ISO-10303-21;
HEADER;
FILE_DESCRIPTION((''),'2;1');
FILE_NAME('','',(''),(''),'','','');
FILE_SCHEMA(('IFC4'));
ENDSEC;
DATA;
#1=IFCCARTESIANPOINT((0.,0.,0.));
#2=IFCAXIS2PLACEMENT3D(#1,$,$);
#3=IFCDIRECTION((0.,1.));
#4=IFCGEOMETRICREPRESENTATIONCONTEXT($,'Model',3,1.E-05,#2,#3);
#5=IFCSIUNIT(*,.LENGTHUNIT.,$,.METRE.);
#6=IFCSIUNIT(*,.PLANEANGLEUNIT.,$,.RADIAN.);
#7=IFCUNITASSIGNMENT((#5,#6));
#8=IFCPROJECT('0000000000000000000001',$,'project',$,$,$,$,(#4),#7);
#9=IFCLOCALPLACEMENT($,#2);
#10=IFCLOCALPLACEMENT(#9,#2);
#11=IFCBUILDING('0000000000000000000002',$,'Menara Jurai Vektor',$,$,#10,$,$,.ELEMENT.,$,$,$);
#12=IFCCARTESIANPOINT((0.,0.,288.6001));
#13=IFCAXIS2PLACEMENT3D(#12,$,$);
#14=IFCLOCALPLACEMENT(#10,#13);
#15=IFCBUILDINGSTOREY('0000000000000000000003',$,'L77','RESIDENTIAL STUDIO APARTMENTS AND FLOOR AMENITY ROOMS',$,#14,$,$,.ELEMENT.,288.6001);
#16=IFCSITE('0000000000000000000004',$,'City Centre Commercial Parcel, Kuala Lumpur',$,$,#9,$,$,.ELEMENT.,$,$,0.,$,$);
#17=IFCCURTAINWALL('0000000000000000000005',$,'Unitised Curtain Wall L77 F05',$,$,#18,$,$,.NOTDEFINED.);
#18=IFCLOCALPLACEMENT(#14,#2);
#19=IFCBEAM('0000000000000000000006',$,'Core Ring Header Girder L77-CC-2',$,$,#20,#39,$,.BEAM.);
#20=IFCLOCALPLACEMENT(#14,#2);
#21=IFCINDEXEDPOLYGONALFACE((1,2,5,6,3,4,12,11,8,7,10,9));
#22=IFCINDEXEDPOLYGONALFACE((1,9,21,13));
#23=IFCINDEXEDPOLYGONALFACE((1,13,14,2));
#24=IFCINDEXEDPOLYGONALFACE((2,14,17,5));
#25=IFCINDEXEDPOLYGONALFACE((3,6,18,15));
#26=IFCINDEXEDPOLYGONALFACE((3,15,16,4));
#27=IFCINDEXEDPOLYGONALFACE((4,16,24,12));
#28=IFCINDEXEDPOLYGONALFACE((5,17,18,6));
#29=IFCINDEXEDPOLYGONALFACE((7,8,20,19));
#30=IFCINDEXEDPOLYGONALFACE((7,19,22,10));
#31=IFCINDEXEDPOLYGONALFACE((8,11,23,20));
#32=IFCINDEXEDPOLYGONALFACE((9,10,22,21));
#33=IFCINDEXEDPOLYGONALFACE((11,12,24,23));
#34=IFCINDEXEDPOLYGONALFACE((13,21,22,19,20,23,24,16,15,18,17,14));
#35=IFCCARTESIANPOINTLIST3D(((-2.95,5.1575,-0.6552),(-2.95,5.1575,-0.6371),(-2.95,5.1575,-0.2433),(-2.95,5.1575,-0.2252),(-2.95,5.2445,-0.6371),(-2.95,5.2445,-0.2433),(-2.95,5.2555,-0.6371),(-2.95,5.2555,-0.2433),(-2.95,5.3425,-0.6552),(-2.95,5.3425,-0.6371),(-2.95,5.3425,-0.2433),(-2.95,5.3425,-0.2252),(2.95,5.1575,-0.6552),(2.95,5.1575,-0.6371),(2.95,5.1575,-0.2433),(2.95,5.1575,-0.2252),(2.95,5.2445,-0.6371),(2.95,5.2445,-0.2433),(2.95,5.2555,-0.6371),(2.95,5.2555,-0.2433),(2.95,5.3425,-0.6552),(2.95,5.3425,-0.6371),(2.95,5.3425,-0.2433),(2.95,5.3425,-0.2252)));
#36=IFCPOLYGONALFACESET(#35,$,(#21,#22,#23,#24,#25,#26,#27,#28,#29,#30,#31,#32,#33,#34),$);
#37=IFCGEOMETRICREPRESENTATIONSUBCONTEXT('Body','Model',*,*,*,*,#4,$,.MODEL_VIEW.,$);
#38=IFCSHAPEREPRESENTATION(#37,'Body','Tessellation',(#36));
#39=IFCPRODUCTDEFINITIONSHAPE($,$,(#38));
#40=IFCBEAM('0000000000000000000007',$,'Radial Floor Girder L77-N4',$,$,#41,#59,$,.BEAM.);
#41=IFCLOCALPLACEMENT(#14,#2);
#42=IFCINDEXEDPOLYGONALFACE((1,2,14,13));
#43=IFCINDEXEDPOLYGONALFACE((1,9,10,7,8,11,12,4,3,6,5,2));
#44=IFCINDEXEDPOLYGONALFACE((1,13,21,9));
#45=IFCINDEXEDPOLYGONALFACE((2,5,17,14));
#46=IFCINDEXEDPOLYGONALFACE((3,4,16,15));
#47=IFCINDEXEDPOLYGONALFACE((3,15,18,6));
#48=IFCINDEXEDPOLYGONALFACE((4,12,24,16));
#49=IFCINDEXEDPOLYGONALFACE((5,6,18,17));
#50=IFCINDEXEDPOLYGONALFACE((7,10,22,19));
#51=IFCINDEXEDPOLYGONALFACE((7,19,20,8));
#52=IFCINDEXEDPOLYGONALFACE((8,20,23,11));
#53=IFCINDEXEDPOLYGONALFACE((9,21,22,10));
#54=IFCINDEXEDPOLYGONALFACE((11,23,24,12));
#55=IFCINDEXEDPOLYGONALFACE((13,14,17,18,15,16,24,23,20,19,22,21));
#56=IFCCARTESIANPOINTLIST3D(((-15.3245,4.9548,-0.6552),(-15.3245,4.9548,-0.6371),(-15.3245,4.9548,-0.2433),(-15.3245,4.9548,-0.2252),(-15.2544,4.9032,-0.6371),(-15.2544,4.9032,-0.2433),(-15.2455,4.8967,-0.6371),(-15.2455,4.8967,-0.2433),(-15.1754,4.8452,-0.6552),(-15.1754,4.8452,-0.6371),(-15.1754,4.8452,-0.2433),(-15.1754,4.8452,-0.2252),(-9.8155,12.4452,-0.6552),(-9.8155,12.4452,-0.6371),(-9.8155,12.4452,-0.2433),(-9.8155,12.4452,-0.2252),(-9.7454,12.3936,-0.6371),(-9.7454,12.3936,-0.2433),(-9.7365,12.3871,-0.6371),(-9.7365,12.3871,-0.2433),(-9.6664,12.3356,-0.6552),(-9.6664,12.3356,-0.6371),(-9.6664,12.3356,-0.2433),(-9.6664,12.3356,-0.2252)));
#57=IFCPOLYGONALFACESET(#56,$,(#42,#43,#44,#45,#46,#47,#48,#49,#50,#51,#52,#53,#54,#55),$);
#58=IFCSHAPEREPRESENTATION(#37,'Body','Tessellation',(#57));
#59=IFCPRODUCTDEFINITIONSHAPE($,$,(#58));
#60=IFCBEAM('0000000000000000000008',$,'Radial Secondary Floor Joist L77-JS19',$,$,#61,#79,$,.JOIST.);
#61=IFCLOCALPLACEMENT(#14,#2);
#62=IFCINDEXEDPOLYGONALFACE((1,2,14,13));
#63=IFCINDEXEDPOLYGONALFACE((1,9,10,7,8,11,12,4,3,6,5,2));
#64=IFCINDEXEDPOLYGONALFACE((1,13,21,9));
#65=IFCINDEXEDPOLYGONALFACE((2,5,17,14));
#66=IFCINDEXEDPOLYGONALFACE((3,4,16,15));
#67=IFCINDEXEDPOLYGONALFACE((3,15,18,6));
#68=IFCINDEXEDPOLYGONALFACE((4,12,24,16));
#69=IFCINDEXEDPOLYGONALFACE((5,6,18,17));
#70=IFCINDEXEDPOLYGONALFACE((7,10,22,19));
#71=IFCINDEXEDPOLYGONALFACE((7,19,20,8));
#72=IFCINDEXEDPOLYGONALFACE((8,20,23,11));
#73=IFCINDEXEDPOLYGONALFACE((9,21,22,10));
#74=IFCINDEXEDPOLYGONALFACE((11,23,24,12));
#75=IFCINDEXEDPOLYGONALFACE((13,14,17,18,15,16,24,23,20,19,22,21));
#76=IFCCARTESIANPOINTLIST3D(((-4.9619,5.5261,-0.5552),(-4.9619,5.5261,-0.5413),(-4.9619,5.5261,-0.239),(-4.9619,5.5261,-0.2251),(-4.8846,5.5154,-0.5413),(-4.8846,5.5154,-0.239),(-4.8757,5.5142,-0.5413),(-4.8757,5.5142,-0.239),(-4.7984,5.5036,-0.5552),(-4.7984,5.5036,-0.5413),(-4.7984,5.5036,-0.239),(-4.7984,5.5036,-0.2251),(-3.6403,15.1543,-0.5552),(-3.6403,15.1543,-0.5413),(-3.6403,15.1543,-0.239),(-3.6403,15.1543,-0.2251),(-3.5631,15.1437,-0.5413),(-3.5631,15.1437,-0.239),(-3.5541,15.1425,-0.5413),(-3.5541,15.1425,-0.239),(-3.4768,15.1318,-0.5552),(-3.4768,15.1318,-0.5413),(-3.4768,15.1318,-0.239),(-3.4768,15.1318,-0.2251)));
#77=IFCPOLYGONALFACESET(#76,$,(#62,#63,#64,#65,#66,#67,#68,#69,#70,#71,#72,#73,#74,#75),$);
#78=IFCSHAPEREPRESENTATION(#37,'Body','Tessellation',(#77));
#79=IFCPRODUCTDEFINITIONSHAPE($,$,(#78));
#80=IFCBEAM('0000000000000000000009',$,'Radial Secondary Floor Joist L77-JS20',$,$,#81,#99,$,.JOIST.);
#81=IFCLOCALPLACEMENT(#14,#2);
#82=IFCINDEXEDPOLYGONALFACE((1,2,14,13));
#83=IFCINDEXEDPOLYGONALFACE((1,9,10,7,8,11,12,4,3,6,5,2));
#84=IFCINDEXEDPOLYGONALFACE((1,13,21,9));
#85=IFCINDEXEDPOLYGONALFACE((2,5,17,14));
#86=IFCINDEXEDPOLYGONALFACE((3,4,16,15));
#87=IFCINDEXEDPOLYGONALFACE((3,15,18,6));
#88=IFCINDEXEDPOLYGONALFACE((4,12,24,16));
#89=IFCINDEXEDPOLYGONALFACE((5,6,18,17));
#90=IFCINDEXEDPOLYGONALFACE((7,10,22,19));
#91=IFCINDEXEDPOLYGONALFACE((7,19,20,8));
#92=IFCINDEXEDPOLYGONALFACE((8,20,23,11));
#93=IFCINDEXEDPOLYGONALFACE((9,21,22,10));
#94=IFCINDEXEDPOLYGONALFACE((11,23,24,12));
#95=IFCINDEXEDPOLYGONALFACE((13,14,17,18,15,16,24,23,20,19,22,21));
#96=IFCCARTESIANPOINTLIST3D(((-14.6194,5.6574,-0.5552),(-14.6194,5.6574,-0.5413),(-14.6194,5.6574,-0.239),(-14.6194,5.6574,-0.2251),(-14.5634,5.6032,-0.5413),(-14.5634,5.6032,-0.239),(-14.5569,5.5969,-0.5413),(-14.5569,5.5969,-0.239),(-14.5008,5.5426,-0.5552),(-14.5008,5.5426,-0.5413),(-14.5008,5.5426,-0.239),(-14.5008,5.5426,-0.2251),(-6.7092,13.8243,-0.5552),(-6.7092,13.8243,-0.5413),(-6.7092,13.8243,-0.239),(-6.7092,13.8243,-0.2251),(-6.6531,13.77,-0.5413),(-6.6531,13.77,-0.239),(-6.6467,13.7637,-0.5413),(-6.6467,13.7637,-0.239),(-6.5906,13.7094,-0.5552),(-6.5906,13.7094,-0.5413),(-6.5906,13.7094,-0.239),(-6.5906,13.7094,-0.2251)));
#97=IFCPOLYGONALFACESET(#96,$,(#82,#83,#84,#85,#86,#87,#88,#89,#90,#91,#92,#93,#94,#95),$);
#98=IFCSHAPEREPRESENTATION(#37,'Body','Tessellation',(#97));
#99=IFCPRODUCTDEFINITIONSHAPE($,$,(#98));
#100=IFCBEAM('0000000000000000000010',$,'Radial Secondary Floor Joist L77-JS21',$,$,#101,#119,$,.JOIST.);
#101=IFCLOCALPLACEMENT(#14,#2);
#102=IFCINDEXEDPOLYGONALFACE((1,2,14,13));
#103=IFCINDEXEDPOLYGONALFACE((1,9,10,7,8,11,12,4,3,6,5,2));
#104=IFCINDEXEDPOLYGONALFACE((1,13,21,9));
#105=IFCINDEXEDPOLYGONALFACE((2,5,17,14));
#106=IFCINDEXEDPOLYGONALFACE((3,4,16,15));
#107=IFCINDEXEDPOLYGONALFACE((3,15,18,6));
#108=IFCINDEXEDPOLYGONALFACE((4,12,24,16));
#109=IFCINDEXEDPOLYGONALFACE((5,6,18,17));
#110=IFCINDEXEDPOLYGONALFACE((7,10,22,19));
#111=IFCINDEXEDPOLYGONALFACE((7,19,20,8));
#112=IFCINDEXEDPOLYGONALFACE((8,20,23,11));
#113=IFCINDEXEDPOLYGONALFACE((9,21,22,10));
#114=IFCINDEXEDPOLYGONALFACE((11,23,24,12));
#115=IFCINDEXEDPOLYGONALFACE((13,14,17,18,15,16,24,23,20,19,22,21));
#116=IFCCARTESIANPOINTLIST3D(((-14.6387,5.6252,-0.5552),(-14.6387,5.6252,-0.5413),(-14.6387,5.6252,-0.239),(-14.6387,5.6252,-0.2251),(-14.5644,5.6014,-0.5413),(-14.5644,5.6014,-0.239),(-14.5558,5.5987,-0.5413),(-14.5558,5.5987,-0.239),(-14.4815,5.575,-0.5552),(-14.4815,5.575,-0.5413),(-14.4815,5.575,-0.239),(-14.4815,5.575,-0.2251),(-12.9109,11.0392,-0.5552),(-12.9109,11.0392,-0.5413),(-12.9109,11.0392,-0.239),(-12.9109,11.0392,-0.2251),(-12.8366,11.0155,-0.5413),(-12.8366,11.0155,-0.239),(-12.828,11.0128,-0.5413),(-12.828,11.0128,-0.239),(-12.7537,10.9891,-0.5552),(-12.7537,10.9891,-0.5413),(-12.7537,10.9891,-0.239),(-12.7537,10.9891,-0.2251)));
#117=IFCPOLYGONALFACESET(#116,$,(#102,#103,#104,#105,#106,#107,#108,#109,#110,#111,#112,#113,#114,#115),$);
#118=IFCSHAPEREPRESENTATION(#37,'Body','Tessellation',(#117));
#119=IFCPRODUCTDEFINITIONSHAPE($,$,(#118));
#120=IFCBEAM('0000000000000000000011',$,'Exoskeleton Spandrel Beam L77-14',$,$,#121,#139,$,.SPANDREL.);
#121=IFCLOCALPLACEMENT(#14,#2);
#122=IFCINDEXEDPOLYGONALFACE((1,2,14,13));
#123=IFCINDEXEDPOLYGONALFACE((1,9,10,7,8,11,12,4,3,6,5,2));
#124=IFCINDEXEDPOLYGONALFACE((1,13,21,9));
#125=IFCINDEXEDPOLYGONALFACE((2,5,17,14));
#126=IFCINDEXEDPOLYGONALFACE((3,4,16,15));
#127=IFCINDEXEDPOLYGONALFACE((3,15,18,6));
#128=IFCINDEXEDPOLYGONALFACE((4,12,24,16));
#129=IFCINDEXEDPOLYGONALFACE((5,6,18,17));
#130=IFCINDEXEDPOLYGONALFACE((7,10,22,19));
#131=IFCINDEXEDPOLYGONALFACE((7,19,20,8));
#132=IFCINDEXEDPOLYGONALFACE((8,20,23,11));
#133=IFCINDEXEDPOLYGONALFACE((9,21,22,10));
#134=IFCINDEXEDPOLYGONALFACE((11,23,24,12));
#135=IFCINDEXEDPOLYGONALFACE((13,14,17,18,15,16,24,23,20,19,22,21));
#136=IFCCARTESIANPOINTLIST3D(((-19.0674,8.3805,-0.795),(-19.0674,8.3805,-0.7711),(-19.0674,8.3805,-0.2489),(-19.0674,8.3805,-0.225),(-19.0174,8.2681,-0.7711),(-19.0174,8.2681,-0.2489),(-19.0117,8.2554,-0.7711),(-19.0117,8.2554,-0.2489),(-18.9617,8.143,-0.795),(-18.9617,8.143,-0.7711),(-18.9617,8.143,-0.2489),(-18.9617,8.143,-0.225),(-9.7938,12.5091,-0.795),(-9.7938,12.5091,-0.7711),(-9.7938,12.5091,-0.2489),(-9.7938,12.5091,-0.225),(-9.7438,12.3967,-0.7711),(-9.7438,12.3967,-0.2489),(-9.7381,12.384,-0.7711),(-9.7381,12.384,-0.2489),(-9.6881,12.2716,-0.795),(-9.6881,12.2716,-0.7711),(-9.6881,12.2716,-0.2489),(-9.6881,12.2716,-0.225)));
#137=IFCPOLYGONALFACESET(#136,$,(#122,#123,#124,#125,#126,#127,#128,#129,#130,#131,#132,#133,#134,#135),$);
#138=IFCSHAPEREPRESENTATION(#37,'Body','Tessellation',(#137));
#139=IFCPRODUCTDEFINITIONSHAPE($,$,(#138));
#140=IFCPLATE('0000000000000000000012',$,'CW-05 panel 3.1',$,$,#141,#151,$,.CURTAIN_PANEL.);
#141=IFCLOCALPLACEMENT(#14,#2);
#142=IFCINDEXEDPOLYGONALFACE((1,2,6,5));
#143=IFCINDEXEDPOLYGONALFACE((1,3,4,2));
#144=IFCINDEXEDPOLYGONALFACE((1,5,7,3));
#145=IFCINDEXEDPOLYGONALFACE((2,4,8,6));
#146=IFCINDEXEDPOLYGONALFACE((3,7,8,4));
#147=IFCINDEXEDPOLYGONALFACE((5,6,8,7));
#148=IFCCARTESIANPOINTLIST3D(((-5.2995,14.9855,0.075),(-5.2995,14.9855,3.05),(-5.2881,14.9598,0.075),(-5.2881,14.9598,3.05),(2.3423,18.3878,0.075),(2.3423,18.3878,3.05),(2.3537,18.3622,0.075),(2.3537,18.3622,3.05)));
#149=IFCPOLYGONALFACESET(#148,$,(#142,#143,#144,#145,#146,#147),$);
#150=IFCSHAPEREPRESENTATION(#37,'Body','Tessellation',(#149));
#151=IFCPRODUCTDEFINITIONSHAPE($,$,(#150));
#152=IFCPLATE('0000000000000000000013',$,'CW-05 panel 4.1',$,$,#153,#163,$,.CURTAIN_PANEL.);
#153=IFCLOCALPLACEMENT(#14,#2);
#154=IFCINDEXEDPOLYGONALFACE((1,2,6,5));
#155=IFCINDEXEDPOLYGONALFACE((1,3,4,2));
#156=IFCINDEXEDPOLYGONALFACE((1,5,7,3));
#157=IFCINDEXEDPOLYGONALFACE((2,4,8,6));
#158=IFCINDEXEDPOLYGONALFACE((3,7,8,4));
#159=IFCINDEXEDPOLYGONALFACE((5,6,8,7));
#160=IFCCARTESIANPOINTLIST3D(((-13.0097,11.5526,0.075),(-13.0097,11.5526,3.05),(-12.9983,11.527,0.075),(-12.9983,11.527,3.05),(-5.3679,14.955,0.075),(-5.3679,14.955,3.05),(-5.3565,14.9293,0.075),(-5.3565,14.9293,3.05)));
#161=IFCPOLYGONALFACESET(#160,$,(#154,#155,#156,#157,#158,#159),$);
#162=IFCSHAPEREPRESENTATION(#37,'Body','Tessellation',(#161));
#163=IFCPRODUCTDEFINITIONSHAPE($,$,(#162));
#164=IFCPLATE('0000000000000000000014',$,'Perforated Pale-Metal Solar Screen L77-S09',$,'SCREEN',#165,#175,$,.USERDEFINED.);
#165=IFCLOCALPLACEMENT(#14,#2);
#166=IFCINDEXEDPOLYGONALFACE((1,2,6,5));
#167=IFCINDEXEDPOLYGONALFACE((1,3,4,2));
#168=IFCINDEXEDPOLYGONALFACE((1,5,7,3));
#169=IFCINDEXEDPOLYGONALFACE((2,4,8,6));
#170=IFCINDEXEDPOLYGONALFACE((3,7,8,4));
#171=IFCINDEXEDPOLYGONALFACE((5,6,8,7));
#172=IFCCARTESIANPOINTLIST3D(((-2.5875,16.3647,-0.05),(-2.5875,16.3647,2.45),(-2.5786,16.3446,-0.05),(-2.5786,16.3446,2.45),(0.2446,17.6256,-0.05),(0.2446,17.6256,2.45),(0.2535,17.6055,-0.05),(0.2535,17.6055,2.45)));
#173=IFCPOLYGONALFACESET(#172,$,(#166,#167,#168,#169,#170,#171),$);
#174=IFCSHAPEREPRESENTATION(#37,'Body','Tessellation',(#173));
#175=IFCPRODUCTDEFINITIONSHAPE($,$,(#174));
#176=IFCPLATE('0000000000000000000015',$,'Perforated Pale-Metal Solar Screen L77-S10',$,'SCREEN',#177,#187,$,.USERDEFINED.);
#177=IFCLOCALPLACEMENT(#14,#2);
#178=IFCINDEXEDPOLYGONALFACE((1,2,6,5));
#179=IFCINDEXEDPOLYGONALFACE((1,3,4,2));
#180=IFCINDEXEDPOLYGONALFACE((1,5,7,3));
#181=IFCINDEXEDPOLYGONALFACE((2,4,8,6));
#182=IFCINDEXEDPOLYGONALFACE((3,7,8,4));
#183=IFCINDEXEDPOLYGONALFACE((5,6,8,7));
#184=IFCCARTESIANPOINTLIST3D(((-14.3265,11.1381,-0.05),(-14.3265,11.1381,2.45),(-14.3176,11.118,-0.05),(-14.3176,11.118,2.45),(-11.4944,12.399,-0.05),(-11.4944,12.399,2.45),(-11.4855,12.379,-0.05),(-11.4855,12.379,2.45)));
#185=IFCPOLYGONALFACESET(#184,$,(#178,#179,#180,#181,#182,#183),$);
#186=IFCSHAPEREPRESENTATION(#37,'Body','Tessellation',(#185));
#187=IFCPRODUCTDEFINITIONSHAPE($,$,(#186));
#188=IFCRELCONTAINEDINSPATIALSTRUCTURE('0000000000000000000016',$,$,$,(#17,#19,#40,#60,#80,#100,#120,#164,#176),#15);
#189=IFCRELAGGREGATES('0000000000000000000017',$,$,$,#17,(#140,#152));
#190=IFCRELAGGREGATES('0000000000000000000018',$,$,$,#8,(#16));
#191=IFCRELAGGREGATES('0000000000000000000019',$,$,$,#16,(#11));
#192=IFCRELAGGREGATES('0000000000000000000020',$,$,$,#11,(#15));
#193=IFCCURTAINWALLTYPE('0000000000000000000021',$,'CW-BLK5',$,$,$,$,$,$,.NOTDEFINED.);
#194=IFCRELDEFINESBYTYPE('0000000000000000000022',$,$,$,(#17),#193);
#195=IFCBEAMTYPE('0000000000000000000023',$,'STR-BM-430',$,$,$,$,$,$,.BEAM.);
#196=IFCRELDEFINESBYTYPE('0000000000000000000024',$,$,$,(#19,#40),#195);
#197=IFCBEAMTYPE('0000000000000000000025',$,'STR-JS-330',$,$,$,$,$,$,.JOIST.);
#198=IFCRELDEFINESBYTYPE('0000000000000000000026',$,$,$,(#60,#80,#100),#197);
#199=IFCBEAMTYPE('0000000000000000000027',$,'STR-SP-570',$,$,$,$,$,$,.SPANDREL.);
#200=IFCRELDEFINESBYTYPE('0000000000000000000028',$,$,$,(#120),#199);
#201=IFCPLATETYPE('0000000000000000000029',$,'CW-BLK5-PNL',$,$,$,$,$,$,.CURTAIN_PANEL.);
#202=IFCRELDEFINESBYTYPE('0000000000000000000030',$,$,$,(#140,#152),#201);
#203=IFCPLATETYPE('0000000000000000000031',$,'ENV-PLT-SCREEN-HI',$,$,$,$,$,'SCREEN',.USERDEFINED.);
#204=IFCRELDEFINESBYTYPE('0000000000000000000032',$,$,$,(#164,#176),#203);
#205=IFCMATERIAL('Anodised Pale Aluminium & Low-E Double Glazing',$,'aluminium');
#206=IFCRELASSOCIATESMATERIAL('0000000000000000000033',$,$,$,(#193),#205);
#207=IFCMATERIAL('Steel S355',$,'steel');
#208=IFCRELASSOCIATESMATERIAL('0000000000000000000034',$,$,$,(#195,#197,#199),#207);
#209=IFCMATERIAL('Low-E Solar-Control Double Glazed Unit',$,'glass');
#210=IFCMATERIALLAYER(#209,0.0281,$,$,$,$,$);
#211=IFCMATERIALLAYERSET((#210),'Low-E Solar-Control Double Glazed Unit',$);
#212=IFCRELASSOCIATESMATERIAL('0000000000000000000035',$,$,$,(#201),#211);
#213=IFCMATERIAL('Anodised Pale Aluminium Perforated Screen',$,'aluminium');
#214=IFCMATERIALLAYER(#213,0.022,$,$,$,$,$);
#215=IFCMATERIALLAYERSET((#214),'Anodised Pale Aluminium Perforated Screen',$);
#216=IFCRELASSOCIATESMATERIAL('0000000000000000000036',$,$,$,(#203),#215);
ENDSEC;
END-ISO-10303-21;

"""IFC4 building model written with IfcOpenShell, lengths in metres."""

from ifc_helpers import new_model, si_unit, direction, frame, origin, origin_2d, place, context, subcontext, project, spatial, rectangle, i_section, extrude, material, layer, layer_set, material_profile, profile_set, type_object, element, aggregate, save


model = new_model("IFC4")

# Units and contexts
model_context = context("Model", 3, precision=1e-05, world=origin(), true_north=direction((0.0, 1.0)))
body_context = subcontext(model_context, "Body", "Model", "MODEL_VIEW")
ifc_project = project(units=[si_unit("LENGTHUNIT", "METRE"), si_unit("PLANEANGLEUNIT", "RADIAN")], contexts=[model_context])

# Site, building, storey
site_placement = place(None, origin())
site = spatial("IfcSite", under=ifc_project, at=site_placement, Name="City Centre Commercial Parcel, Kuala Lumpur", CompositionType="ELEMENT", RefElevation=0.0)
building_placement = place(site_placement, origin())
building = spatial("IfcBuilding", under=site, at=building_placement, Name="Menara Jurai Vektor", CompositionType="ELEMENT")
storey_placement = place(building_placement, frame((0.0, 0.0, 288.6001)))
storey = spatial("IfcBuildingStorey", under=building, at=storey_placement, Name="L77", Description="RESIDENTIAL STUDIO APARTMENTS AND FLOOR AMENITY ROOMS", CompositionType="ELEMENT", Elevation=288.6001)

# Shared definitions
ifc_material_1 = material(Name="Steel S355", Category="steel")

# Curtain wall
ifc_material_2 = material(Name="Anodised Pale Aluminium & Low-E Double Glazing", Category="aluminium")
curtain_wall_type = type_object("IfcCurtainWallType", Name="CW-BLK5", PredefinedType="NOTDEFINED", material=ifc_material_2)
curtain_wall_placement = place(storey_placement, origin())
curtain_wall = element("IfcCurtainWall", 1, at=curtain_wall_placement, inside=storey, type_object=curtain_wall_type, Name="Unitised Curtain Wall L77 F05", PredefinedType="NOTDEFINED")

# Beams
ifc_material_profile_1 = material_profile(ifc_material_1, i_section(OverallWidth=0.1851, OverallDepth=0.4299, WebThickness=0.011, FlangeThickness=0.0181, at=origin_2d()), Name="PG 430x185x76")
ifc_profile_set_1 = profile_set([ifc_material_profile_1], Name="Steel S355")
beam_type_1 = type_object("IfcBeamType", Name="STR-BM-430", PredefinedType="BEAM", material=ifc_profile_set_1)
beam_1_placement = place(storey_placement, frame((-2.95, 5.25, -0.4402), z_axis=(1.0, 0.0, 0.0), x_axis=(0.0, 1.0, 0.0)))
element("IfcBeam", 2, at=beam_1_placement, inside=storey, type_object=beam_type_1, Name="Core Ring Header Girder L77-CC-2", PredefinedType="BEAM", context=body_context, shape_type="SweptSolid", body=[
    extrude(i_section(OverallWidth=0.1851, OverallDepth=0.4299, WebThickness=0.011, FlangeThickness=0.0181, at=origin_2d()), origin(), (0.0, 0.0, 1.0), 5.8999),
])
beam_2_placement = place(storey_placement, frame((-9.741, 12.3904, -0.4402), z_axis=(-0.592483, -0.805583, 0.0), x_axis=(0.805583, -0.592483, 0.0)))
element("IfcBeam", 3, at=beam_2_placement, inside=storey, type_object=beam_type_1, Name="Radial Floor Girder L77-N4", PredefinedType="BEAM", context=body_context, shape_type="SweptSolid", body=[
    extrude(i_section(OverallWidth=0.1851, OverallDepth=0.4299, WebThickness=0.011, FlangeThickness=0.0181, at=origin_2d()), origin(), (0.0, 0.0, 1.0), 9.2981),
])
ifc_material_profile_2 = material_profile(ifc_material_1, i_section(OverallWidth=0.165, OverallDepth=0.3301, WebThickness=0.009, FlangeThickness=0.0139, at=origin_2d()), Name="PG 330x165x46")
ifc_profile_set_2 = profile_set([ifc_material_profile_2], Name="Steel S355")
beam_type_2 = type_object("IfcBeamType", Name="STR-JS-330", PredefinedType="JOIST", material=ifc_profile_set_2)
beam_3_placement = place(storey_placement, frame((-3.5586, 15.1431, -0.3901), z_axis=(-0.135982, -0.990711, 0.0), x_axis=(0.990711, -0.135982, 0.0)))
element("IfcBeam", 4, at=beam_3_placement, inside=storey, type_object=beam_type_2, Name="Radial Secondary Floor Joist L77-JS19", PredefinedType="JOIST", context=body_context, shape_type="SweptSolid", body=[
    extrude(i_section(OverallWidth=0.165, OverallDepth=0.3301, WebThickness=0.009, FlangeThickness=0.0139, at=origin_2d()), origin(), (0.0, 0.0, 1.0), 9.7185),
])
beam_4_placement = place(storey_placement, frame((-6.6499, 13.7668, -0.3901), z_axis=(-0.695733, -0.718301, 0.0), x_axis=(0.718301, -0.695733, 0.0)))
element("IfcBeam", 5, at=beam_4_placement, inside=storey, type_object=beam_type_2, Name="Radial Secondary Floor Joist L77-JS20", PredefinedType="JOIST", context=body_context, shape_type="SweptSolid", body=[
    extrude(i_section(OverallWidth=0.165, OverallDepth=0.3301, WebThickness=0.009, FlangeThickness=0.0139, at=origin_2d()), origin(), (0.0, 0.0, 1.0), 11.3696),
])
beam_5_placement = place(storey_placement, frame((-12.8323, 11.0142, -0.3901), z_axis=(-0.304023, -0.952665, 0.0), x_axis=(0.952665, -0.304023, 0.0)))
element("IfcBeam", 6, at=beam_5_placement, inside=storey, type_object=beam_type_2, Name="Radial Secondary Floor Joist L77-JS21", PredefinedType="JOIST", context=body_context, shape_type="SweptSolid", body=[
    extrude(i_section(OverallWidth=0.165, OverallDepth=0.3301, WebThickness=0.009, FlangeThickness=0.0139, at=origin_2d()), origin(), (0.0, 0.0, 1.0), 5.6831),
])
ifc_material_profile_3 = material_profile(ifc_material_1, i_section(OverallWidth=0.26, OverallDepth=0.5701, WebThickness=0.0139, FlangeThickness=0.0239, at=origin_2d()), Name="PG 570x260x145")
ifc_profile_set_3 = profile_set([ifc_material_profile_3], Name="Steel S355")
beam_type_3 = type_object("IfcBeamType", Name="STR-SP-570", PredefinedType="SPANDREL", material=ifc_profile_set_3)
beam_6_placement = place(storey_placement, frame((-9.741, 12.3904, -0.51), z_axis=(-0.913554, -0.406716, 0.0), x_axis=(0.406716, -0.913554, 0.0)))
element("IfcBeam", 7, at=beam_6_placement, inside=storey, type_object=beam_type_3, Name="Exoskeleton Spandrel Beam L77-14", PredefinedType="SPANDREL", context=body_context, shape_type="SweptSolid", body=[
    extrude(i_section(OverallWidth=0.26, OverallDepth=0.5701, WebThickness=0.0139, FlangeThickness=0.0239, at=origin_2d()), origin(), (0.0, 0.0, 1.0), 10.1511),
])

# Plates
ifc_material_3 = material(Name="Low-E Solar-Control Double Glazed Unit", Category="glass")
ifc_layer_1 = layer(ifc_material_3, 0.0281)
ifc_layer_set_1 = layer_set([ifc_layer_1], Name="Low-E Solar-Control Double Glazed Unit")
plate_type_1 = type_object("IfcPlateType", Name="CW-BLK5-PNL", PredefinedType="CURTAIN_PANEL", material=ifc_layer_set_1)
plate_1_placement = place(storey_placement, frame((-1.4729, 16.6738, 0.075), z_axis=(0.0, 0.0, 1.0), x_axis=(-0.913546, -0.406735, 0.0)))
plate_1 = element("IfcPlate", 8, at=plate_1_placement, type_object=plate_type_1, Name="CW-05 panel 3.1", PredefinedType="CURTAIN_PANEL", context=body_context, shape_type="SweptSolid", body=[
    extrude(rectangle(XDim=8.365, YDim=0.0281, at=origin_2d()), origin(), (0.0, 0.0, 1.0), 2.9751),
])
plate_2_placement = place(storey_placement, frame((-9.1831, 13.241, 0.075), z_axis=(0.0, 0.0, 1.0), x_axis=(-0.913546, -0.406735, 0.0)))
plate_2 = element("IfcPlate", 9, at=plate_2_placement, type_object=plate_type_1, Name="CW-05 panel 4.1", PredefinedType="CURTAIN_PANEL", context=body_context, shape_type="SweptSolid", body=[
    extrude(rectangle(XDim=8.365, YDim=0.0281, at=origin_2d()), origin(), (0.0, 0.0, 1.0), 2.9751),
])
aggregate(curtain_wall, [plate_1, plate_2])

# Plates
ifc_material_4 = material(Name="Anodised Pale Aluminium Perforated Screen", Category="aluminium")
ifc_layer_2 = layer(ifc_material_4, 0.022)
ifc_layer_set_2 = layer_set([ifc_layer_2], Name="Anodised Pale Aluminium Perforated Screen")
plate_type_2 = type_object("IfcPlateType", Name="ENV-PLT-SCREEN-HI", ElementType="SCREEN", PredefinedType="USERDEFINED", material=ifc_layer_set_2)
for number, where, z_axis, x_axis, name in (
    (10, (-1.167, 16.9851, -0.05), (0.0, 0.0, 1.0), (-0.913545, -0.406737, 0.0), "Perforated Pale-Metal Solar Screen L77-S09"),
    (11, (-12.906, 11.7585, -0.05), (0.0, 0.0, 1.0), (-0.913545, -0.406737, 0.0), "Perforated Pale-Metal Solar Screen L77-S10"),
):
    element("IfcPlate", number, at=place(storey_placement, frame(where, z_axis=z_axis, x_axis=x_axis)), inside=storey, type_object=plate_type_2, Name=name, ObjectType="SCREEN", PredefinedType="USERDEFINED", context=body_context, shape_type="SweptSolid", body=[
        extrude(rectangle(XDim=3.1001, YDim=0.022, at=origin_2d()), origin(), (0.0, 0.0, 1.0), 2.5),
    ])

save(model, "model.ifc")
